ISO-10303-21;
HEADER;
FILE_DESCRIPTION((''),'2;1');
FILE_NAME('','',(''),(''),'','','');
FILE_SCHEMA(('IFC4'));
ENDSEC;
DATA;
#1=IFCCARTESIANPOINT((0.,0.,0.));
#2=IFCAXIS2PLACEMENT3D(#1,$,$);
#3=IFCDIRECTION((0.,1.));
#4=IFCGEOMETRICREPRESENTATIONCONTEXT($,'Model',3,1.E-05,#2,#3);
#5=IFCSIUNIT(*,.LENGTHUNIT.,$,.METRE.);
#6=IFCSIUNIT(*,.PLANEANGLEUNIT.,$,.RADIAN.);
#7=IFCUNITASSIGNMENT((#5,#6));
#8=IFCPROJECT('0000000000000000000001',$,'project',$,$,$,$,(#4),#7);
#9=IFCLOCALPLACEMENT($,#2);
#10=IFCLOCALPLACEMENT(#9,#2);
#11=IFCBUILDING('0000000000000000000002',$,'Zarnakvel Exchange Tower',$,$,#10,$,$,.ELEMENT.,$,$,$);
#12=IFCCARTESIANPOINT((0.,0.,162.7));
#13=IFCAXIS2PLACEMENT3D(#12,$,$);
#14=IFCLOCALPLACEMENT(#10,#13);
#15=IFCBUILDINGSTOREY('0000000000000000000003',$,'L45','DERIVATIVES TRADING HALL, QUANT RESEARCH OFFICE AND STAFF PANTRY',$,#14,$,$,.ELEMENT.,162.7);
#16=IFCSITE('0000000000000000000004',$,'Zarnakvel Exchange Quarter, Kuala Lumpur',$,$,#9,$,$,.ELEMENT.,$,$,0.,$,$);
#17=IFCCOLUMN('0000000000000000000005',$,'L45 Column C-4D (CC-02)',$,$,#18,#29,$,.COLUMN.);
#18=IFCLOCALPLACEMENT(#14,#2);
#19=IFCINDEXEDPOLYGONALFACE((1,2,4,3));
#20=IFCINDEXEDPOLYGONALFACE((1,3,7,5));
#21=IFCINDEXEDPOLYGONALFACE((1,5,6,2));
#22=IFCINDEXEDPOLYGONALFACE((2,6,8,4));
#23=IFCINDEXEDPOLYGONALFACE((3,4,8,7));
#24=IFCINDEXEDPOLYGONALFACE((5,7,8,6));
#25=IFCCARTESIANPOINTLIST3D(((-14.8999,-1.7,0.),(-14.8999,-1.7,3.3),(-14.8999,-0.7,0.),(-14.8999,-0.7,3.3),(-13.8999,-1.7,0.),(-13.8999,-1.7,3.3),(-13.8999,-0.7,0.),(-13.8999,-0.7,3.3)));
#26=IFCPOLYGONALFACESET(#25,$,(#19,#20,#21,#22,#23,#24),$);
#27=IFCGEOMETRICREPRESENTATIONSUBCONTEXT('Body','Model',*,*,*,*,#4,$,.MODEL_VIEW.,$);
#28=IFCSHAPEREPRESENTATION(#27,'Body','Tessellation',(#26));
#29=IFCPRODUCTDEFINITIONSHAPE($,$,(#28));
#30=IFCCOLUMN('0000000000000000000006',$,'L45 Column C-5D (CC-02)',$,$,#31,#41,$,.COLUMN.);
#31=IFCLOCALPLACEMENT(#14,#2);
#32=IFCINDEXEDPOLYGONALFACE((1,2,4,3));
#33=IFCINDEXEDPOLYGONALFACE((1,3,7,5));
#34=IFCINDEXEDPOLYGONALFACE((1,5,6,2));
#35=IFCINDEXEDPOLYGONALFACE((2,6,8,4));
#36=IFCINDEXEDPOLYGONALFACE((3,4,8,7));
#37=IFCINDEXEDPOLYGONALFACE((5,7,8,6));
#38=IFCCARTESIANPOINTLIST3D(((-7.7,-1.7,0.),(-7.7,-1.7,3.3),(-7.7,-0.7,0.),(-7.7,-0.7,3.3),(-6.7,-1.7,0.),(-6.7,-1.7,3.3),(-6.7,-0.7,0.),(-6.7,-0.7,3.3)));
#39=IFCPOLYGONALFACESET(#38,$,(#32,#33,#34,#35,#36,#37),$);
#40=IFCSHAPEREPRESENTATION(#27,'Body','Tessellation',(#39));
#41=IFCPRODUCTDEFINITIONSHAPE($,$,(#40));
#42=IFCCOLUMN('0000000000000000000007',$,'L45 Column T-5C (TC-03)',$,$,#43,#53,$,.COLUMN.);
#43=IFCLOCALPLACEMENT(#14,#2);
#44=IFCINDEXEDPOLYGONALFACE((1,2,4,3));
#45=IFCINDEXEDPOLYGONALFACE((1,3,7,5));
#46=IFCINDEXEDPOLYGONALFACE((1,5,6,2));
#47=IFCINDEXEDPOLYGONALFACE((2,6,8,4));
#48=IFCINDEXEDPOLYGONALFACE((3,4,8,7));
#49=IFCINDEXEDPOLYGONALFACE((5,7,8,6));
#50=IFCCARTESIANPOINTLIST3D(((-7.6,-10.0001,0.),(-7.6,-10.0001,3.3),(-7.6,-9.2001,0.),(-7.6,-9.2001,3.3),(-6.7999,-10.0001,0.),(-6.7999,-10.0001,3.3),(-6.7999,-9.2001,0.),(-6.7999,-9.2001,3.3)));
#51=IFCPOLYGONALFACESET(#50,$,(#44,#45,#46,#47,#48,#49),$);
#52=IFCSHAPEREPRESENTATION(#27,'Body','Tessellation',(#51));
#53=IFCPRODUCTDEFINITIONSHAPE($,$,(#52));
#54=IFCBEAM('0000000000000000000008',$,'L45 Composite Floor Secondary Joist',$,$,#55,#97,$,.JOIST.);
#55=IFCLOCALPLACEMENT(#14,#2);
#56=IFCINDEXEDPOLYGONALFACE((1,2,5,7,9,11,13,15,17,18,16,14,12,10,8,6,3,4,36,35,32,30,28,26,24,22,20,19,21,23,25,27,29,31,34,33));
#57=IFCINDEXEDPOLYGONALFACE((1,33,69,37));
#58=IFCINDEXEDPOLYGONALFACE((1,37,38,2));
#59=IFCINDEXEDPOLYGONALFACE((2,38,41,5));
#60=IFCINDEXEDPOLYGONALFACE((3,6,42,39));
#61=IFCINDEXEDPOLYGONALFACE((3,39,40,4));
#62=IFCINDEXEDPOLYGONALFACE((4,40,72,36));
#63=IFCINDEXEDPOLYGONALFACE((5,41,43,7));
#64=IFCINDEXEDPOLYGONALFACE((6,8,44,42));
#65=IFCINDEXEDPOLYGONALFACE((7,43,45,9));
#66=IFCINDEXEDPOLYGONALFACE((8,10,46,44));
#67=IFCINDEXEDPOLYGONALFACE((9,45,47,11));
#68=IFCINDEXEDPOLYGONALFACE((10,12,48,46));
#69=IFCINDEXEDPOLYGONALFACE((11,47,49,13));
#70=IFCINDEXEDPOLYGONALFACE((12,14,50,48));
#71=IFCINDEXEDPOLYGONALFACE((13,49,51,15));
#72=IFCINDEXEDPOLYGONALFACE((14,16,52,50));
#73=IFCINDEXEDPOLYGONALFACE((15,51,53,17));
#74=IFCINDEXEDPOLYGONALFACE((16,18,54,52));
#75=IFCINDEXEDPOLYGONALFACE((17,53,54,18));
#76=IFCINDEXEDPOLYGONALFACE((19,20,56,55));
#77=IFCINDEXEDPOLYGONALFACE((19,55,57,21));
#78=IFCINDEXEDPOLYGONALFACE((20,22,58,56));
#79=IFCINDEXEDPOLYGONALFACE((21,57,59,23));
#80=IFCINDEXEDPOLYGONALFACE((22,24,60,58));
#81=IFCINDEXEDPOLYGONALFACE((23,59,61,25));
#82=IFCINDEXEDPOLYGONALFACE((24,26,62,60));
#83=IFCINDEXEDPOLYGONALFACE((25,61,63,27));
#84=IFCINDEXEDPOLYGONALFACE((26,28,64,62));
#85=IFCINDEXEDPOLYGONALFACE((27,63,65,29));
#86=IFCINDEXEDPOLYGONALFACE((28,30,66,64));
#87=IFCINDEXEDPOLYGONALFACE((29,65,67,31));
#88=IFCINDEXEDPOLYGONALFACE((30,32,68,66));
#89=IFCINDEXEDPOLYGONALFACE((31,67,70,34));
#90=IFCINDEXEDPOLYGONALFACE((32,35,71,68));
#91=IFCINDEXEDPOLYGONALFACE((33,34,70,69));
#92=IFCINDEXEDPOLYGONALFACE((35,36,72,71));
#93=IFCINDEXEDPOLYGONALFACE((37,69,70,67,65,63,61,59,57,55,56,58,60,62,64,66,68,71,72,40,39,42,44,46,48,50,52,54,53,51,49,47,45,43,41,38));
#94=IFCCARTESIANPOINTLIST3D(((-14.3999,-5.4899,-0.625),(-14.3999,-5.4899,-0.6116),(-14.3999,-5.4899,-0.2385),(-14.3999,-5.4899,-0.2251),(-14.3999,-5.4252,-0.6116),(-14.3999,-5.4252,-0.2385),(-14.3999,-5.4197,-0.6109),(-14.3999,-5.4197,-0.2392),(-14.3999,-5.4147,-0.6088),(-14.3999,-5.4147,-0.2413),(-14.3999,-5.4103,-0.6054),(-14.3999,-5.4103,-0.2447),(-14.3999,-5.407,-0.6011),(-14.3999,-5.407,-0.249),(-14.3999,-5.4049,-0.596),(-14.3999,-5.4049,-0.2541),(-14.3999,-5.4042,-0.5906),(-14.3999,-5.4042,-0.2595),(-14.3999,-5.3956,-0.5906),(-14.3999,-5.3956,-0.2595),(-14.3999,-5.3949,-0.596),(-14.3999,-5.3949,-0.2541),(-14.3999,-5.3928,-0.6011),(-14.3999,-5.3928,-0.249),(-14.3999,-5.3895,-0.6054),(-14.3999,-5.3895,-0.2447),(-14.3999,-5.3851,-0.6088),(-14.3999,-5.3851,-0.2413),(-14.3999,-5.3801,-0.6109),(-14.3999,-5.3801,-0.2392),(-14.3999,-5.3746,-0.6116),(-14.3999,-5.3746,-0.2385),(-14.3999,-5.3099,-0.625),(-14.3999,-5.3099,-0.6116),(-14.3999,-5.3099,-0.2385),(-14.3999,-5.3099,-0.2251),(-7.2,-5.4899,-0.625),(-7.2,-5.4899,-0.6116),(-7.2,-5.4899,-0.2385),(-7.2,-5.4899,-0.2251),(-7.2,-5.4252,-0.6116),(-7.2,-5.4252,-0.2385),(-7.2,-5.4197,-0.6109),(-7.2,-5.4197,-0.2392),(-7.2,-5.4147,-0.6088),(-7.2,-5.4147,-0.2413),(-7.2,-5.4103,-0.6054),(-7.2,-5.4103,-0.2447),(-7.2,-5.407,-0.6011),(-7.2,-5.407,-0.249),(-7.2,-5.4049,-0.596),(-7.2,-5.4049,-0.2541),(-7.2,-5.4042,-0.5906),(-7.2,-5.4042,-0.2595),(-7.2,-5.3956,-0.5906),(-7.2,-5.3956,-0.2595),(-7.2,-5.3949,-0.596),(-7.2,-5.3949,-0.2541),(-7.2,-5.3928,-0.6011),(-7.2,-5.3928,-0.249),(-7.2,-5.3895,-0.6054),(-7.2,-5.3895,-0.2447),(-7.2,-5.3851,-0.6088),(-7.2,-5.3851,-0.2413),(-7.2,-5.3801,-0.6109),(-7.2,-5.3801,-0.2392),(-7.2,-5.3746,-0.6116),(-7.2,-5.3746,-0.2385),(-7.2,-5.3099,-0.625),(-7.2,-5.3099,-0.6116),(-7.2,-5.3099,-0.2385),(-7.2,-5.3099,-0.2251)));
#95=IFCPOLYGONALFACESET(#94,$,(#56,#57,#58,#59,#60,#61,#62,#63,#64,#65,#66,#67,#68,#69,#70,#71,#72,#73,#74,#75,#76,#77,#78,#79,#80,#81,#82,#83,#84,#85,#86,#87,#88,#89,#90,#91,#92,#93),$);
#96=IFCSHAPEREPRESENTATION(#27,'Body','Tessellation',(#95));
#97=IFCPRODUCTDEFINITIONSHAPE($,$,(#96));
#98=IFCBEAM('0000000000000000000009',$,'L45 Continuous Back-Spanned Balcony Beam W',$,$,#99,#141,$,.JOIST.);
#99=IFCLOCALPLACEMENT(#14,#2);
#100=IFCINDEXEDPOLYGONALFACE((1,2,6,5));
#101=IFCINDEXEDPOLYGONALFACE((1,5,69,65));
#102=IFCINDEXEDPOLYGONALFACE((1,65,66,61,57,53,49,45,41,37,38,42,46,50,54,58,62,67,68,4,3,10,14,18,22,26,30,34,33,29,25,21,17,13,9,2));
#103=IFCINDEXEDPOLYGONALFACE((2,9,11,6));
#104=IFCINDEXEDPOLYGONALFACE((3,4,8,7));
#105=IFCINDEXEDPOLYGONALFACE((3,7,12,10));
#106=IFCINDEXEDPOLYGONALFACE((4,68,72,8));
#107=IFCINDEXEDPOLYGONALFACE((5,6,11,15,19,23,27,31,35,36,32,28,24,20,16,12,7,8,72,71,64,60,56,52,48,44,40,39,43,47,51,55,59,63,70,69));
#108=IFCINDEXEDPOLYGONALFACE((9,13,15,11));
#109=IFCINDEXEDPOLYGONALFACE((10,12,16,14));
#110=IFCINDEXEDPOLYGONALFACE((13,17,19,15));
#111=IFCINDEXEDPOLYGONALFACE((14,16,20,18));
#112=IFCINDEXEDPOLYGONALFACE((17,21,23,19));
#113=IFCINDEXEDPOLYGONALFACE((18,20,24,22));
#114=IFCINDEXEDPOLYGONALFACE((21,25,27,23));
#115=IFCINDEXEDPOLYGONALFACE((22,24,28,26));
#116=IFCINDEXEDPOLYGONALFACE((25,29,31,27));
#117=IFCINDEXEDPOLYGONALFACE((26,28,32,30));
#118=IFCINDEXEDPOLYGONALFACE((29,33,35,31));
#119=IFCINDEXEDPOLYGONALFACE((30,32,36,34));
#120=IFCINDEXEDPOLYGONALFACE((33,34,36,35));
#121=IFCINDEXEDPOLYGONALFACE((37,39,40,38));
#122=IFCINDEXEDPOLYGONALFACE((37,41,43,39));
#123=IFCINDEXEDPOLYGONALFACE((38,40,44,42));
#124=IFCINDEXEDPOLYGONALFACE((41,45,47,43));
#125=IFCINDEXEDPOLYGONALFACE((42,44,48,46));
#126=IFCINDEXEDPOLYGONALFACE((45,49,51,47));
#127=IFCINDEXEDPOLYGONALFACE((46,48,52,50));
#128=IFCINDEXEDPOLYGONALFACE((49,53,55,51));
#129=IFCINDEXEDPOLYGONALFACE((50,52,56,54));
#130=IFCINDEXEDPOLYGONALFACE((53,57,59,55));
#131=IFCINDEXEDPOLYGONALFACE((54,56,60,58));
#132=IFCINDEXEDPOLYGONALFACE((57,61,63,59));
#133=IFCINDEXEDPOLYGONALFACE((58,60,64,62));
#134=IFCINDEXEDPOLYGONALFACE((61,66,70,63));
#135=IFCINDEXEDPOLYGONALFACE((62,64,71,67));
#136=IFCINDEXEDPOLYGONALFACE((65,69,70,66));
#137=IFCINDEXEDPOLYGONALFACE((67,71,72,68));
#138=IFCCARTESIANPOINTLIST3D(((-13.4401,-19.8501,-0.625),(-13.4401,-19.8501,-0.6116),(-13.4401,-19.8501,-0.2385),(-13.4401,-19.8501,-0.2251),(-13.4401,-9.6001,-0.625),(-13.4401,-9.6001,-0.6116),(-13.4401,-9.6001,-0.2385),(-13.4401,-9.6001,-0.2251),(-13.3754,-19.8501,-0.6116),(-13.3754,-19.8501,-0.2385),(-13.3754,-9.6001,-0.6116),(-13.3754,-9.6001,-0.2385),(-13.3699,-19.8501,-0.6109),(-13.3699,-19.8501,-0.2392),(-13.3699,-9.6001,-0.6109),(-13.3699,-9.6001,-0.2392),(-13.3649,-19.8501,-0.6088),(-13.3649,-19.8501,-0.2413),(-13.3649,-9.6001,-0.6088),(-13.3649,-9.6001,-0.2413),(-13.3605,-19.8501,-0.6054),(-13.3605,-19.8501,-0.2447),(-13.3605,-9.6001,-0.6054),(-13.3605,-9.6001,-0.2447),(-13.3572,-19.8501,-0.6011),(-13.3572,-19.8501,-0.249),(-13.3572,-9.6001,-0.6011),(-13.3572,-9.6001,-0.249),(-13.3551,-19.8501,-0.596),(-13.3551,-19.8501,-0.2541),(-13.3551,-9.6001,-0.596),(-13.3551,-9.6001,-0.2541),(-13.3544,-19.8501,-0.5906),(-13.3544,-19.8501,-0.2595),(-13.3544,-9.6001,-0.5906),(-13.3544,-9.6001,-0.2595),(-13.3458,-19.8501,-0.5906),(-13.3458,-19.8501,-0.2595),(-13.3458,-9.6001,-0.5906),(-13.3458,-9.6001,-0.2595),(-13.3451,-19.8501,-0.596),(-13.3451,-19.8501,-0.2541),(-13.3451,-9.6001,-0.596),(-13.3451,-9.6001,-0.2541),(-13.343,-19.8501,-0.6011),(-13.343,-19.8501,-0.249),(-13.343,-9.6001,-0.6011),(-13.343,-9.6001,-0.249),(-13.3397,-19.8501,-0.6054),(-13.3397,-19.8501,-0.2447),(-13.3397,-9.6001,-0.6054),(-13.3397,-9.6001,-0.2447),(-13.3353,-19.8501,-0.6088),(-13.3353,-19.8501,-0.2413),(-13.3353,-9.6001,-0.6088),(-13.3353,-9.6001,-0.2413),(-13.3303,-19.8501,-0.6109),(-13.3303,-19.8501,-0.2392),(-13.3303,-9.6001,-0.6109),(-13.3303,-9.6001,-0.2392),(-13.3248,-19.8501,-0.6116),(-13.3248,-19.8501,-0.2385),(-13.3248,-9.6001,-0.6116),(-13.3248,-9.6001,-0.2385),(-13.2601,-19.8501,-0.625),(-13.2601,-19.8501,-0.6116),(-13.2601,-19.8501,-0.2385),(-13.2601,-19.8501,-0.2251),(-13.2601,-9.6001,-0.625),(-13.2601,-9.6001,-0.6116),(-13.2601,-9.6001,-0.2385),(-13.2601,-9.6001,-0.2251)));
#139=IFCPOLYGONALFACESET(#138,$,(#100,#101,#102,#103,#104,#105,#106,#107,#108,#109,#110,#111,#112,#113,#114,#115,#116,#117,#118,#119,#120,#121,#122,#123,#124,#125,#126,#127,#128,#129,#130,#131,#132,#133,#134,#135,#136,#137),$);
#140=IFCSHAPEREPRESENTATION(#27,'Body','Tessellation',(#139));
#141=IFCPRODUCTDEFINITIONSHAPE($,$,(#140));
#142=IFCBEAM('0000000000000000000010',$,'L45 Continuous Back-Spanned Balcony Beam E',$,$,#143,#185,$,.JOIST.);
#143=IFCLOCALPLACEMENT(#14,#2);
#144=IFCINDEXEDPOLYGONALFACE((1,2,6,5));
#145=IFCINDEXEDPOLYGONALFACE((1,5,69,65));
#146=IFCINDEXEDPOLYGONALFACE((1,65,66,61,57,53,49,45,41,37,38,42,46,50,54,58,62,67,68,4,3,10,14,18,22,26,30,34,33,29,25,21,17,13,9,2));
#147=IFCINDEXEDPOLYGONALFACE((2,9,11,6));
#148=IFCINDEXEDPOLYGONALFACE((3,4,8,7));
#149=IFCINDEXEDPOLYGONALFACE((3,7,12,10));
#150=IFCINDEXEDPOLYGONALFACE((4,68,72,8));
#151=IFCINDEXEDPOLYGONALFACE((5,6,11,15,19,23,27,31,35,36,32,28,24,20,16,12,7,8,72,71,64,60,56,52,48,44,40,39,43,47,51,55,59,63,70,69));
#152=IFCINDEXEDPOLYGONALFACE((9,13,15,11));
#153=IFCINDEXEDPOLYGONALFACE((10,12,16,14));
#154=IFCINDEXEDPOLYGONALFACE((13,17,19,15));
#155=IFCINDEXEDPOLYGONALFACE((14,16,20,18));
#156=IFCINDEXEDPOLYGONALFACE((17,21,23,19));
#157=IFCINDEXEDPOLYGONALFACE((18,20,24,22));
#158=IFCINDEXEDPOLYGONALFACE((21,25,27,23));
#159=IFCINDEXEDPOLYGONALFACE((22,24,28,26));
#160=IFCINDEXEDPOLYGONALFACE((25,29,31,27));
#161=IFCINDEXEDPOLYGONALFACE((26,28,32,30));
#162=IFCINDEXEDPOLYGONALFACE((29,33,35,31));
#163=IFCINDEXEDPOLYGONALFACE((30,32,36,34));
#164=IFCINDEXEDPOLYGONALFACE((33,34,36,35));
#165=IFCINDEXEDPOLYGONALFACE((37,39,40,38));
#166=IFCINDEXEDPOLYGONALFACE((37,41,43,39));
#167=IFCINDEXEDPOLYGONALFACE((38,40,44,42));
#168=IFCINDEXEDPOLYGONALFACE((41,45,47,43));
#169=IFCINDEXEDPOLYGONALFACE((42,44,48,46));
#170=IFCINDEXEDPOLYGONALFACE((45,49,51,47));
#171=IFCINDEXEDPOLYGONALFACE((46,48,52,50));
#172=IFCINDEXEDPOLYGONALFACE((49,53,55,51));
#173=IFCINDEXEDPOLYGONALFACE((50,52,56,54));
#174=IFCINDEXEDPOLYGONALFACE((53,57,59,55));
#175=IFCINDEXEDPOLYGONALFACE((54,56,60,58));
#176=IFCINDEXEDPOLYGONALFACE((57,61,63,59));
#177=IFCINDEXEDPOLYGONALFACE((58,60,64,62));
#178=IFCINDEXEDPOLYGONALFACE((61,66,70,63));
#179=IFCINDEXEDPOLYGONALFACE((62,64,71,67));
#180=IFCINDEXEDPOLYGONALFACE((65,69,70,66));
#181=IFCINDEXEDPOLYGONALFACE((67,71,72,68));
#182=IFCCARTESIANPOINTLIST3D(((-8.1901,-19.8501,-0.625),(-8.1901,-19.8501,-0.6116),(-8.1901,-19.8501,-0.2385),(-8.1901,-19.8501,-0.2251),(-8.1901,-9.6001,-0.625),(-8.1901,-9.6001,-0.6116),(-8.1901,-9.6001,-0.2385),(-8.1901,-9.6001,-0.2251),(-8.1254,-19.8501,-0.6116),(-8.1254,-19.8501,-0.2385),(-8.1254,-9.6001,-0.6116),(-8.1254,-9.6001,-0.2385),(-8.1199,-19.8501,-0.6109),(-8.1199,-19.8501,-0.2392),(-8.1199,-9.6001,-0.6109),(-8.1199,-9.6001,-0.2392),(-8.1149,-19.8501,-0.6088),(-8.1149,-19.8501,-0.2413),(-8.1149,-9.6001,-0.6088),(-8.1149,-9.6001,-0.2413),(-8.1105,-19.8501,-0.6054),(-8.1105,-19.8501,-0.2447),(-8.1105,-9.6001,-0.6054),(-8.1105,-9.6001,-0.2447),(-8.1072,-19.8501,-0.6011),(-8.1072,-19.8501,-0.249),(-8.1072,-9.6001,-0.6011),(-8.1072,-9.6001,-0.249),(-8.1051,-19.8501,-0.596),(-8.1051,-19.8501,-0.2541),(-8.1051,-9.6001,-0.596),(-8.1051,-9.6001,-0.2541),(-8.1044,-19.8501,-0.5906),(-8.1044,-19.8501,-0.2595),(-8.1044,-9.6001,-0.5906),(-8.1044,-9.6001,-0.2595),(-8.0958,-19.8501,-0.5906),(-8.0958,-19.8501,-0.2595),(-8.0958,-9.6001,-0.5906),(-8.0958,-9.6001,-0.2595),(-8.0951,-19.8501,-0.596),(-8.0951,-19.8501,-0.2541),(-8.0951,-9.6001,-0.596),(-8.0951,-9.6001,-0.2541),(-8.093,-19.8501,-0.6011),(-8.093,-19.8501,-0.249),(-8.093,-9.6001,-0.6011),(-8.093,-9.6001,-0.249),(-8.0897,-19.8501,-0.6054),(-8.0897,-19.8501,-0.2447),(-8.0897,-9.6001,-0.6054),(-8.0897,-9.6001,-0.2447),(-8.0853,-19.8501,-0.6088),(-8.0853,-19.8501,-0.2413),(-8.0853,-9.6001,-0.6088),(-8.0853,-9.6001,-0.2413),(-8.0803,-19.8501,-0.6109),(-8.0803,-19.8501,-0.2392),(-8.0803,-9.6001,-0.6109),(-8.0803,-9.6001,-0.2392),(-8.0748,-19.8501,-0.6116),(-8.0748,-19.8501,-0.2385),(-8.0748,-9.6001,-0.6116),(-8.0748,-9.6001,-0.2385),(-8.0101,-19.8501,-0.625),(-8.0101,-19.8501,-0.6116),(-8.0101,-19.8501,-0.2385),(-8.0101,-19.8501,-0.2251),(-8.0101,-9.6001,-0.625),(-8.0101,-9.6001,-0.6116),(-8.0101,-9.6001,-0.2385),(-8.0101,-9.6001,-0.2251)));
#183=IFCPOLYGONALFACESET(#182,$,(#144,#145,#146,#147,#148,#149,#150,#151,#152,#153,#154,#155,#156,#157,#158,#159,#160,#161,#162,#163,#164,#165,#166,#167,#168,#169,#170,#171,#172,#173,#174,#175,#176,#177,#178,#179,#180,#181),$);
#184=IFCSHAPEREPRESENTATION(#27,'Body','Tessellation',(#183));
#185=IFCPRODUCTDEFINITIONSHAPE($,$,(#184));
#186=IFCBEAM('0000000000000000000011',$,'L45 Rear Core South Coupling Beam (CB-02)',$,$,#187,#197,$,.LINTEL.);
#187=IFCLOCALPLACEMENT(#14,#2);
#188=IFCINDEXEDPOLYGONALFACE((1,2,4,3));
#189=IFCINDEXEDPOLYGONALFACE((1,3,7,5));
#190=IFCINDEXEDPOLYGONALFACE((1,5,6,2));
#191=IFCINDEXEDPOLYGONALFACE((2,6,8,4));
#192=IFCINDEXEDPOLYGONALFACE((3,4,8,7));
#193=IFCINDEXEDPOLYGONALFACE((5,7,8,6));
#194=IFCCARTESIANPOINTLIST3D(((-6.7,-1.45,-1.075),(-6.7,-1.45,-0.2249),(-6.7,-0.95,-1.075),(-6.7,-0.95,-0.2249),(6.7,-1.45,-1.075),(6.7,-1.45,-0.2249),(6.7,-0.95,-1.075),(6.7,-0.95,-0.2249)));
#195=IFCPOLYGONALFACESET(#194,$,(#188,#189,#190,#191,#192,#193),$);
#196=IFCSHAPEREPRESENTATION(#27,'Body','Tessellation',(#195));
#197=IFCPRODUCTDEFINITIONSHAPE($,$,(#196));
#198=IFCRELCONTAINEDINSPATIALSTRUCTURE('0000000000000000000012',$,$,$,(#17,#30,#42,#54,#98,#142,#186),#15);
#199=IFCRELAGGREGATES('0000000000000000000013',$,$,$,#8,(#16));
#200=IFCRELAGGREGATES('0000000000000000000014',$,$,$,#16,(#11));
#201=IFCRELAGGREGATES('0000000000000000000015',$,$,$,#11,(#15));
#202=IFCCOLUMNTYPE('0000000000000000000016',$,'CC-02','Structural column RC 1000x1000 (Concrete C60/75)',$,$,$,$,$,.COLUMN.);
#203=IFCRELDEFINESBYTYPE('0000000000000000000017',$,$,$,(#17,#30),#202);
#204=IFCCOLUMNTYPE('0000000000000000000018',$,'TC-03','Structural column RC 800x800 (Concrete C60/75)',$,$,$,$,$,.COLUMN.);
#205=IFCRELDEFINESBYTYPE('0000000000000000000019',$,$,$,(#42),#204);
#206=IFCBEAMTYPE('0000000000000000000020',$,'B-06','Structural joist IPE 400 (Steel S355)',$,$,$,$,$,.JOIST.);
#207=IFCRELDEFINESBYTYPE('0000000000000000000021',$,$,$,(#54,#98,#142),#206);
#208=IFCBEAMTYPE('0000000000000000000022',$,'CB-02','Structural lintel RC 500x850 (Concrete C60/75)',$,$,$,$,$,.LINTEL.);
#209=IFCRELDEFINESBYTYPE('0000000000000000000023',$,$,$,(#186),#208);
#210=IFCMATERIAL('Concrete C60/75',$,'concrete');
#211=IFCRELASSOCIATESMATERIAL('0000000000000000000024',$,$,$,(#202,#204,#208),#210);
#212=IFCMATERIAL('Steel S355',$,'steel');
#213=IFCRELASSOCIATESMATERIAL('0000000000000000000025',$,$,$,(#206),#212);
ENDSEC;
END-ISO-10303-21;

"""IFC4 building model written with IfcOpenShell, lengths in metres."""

from ifc_helpers import new_model, si_unit, direction, frame, origin, origin_2d, place, context, subcontext, project, spatial, rectangle, i_section, extrude, material, material_profile, profile_set, type_object, element, save


model = new_model("IFC4")

# Units and contexts
model_context = context("Model", 3, precision=1e-05, world=origin(), true_north=direction((0.0, 1.0)))
body_context = subcontext(model_context, "Body", "Model", "MODEL_VIEW")
ifc_project = project(units=[si_unit("LENGTHUNIT", "METRE"), si_unit("PLANEANGLEUNIT", "RADIAN")], contexts=[model_context])

# Site, building, storey
site_placement = place(None, origin())
site = spatial("IfcSite", under=ifc_project, at=site_placement, Name="Zarnakvel Exchange Quarter, Kuala Lumpur", CompositionType="ELEMENT", RefElevation=0.0)
building_placement = place(site_placement, origin())
building = spatial("IfcBuilding", under=site, at=building_placement, Name="Zarnakvel Exchange Tower", CompositionType="ELEMENT")
storey_placement = place(building_placement, frame((0.0, 0.0, 162.7)))
storey = spatial("IfcBuildingStorey", under=building, at=storey_placement, Name="L45", Description="DERIVATIVES TRADING HALL, QUANT RESEARCH OFFICE AND STAFF PANTRY", CompositionType="ELEMENT", Elevation=162.7)

# Columns
ifc_material_1 = material(Name="Concrete C60/75", Category="concrete")
ifc_material_profile_1 = material_profile(ifc_material_1, rectangle(XDim=1.0, YDim=1.0, at=origin_2d()))
ifc_profile_set_1 = profile_set([ifc_material_profile_1], Name="Concrete C60/75")
column_type_1 = type_object("IfcColumnType", Name="CC-02", Description="Structural column RC 1000x1000 (Concrete C60/75)", PredefinedType="COLUMN", material=ifc_profile_set_1)
for number, where, z_axis, x_axis, name in (
    (1, (-14.3999, -1.2, 0.0), (0.0, 0.0, 1.0), (1.0, 0.0, 0.0), "L45 Column C-4D (CC-02)"),
    (2, (-7.2, -1.2, 0.0), (0.0, 0.0, 1.0), (1.0, 0.0, 0.0), "L45 Column C-5D (CC-02)"),
):
    element("IfcColumn", number, at=place(storey_placement, frame(where, z_axis=z_axis, x_axis=x_axis)), inside=storey, type_object=column_type_1, Name=name, PredefinedType="COLUMN", context=body_context, shape_type="SweptSolid", body=[
        extrude(rectangle(XDim=1.0, YDim=1.0, at=origin_2d()), origin(), (0.0, 0.0, 1.0), 3.3),
    ])
ifc_material_profile_2 = material_profile(ifc_material_1, rectangle(XDim=0.8, YDim=0.8, at=origin_2d()))
ifc_profile_set_2 = profile_set([ifc_material_profile_2], Name="Concrete C60/75")
column_type_2 = type_object("IfcColumnType", Name="TC-03", Description="Structural column RC 800x800 (Concrete C60/75)", PredefinedType="COLUMN", material=ifc_profile_set_2)
column_placement = place(storey_placement, frame((-7.2, -9.6001, 0.0), z_axis=(0.0, 0.0, 1.0), x_axis=(1.0, 0.0, 0.0)))
element("IfcColumn", 3, at=column_placement, inside=storey, type_object=column_type_2, Name="L45 Column T-5C (TC-03)", PredefinedType="COLUMN", context=body_context, shape_type="SweptSolid", body=[
    extrude(rectangle(XDim=0.8, YDim=0.8, at=origin_2d()), origin(), (0.0, 0.0, 1.0), 3.3),
])

# Beams
ifc_material_2 = material(Name="Steel S355", Category="steel")
ifc_material_profile_3 = material_profile(ifc_material_2, i_section(OverallWidth=0.1799, OverallDepth=0.3999, WebThickness=0.0085, FlangeThickness=0.0134, FilletRadius=0.021, at=origin_2d()))
ifc_profile_set_3 = profile_set([ifc_material_profile_3], Name="Steel S355")
beam_type_1 = type_object("IfcBeamType", Name="B-06", Description="Structural joist IPE 400 (Steel S355)", PredefinedType="JOIST", material=ifc_profile_set_3)
beam_1_placement = place(storey_placement, frame((-14.3999, -5.3999, -0.425), z_axis=(1.0, 0.0, 0.0), x_axis=(0.0, 1.0, 0.0)))
element("IfcBeam", 4, at=beam_1_placement, inside=storey, type_object=beam_type_1, Name="L45 Composite Floor Secondary Joist", PredefinedType="JOIST", context=body_context, shape_type="SweptSolid", body=[
    extrude(i_section(OverallWidth=0.1799, OverallDepth=0.3999, WebThickness=0.0085, FlangeThickness=0.0134, FilletRadius=0.021, at=origin_2d()), origin(), (0.0, 0.0, 1.0), 7.2),
])
for number, where, z_axis, x_axis, name in (
    (5, (-13.3501, -9.6001, -0.425), (0.0, -1.0, 0.0), (1.0, 0.0, 0.0), "L45 Continuous Back-Spanned Balcony Beam W"),
    (6, (-8.1001, -9.6001, -0.425), (0.0, -1.0, 0.0), (1.0, 0.0, 0.0), "L45 Continuous Back-Spanned Balcony Beam E"),
):
    element("IfcBeam", number, at=place(storey_placement, frame(where, z_axis=z_axis, x_axis=x_axis)), inside=storey, type_object=beam_type_1, Name=name, PredefinedType="JOIST", context=body_context, shape_type="SweptSolid", body=[
        extrude(i_section(OverallWidth=0.1799, OverallDepth=0.3999, WebThickness=0.0085, FlangeThickness=0.0134, FilletRadius=0.021, at=origin_2d()), origin(), (0.0, 0.0, 1.0), 10.25),
    ])
ifc_material_profile_4 = material_profile(ifc_material_1, rectangle(XDim=0.5, YDim=0.8501, at=origin_2d()))
ifc_profile_set_4 = profile_set([ifc_material_profile_4], Name="Concrete C60/75")
beam_type_2 = type_object("IfcBeamType", Name="CB-02", Description="Structural lintel RC 500x850 (Concrete C60/75)", PredefinedType="LINTEL", material=ifc_profile_set_4)
beam_2_placement = place(storey_placement, frame((-6.7, -1.2, -0.6499), z_axis=(1.0, 0.0, 0.0), x_axis=(0.0, 1.0, 0.0)))
element("IfcBeam", 7, at=beam_2_placement, inside=storey, type_object=beam_type_2, Name="L45 Rear Core South Coupling Beam (CB-02)", PredefinedType="LINTEL", context=body_context, shape_type="SweptSolid", body=[
    extrude(rectangle(XDim=0.5, YDim=0.8501, at=origin_2d()), origin(), (0.0, 0.0, 1.0), 13.3999),
])

save(model, "model.ifc")
